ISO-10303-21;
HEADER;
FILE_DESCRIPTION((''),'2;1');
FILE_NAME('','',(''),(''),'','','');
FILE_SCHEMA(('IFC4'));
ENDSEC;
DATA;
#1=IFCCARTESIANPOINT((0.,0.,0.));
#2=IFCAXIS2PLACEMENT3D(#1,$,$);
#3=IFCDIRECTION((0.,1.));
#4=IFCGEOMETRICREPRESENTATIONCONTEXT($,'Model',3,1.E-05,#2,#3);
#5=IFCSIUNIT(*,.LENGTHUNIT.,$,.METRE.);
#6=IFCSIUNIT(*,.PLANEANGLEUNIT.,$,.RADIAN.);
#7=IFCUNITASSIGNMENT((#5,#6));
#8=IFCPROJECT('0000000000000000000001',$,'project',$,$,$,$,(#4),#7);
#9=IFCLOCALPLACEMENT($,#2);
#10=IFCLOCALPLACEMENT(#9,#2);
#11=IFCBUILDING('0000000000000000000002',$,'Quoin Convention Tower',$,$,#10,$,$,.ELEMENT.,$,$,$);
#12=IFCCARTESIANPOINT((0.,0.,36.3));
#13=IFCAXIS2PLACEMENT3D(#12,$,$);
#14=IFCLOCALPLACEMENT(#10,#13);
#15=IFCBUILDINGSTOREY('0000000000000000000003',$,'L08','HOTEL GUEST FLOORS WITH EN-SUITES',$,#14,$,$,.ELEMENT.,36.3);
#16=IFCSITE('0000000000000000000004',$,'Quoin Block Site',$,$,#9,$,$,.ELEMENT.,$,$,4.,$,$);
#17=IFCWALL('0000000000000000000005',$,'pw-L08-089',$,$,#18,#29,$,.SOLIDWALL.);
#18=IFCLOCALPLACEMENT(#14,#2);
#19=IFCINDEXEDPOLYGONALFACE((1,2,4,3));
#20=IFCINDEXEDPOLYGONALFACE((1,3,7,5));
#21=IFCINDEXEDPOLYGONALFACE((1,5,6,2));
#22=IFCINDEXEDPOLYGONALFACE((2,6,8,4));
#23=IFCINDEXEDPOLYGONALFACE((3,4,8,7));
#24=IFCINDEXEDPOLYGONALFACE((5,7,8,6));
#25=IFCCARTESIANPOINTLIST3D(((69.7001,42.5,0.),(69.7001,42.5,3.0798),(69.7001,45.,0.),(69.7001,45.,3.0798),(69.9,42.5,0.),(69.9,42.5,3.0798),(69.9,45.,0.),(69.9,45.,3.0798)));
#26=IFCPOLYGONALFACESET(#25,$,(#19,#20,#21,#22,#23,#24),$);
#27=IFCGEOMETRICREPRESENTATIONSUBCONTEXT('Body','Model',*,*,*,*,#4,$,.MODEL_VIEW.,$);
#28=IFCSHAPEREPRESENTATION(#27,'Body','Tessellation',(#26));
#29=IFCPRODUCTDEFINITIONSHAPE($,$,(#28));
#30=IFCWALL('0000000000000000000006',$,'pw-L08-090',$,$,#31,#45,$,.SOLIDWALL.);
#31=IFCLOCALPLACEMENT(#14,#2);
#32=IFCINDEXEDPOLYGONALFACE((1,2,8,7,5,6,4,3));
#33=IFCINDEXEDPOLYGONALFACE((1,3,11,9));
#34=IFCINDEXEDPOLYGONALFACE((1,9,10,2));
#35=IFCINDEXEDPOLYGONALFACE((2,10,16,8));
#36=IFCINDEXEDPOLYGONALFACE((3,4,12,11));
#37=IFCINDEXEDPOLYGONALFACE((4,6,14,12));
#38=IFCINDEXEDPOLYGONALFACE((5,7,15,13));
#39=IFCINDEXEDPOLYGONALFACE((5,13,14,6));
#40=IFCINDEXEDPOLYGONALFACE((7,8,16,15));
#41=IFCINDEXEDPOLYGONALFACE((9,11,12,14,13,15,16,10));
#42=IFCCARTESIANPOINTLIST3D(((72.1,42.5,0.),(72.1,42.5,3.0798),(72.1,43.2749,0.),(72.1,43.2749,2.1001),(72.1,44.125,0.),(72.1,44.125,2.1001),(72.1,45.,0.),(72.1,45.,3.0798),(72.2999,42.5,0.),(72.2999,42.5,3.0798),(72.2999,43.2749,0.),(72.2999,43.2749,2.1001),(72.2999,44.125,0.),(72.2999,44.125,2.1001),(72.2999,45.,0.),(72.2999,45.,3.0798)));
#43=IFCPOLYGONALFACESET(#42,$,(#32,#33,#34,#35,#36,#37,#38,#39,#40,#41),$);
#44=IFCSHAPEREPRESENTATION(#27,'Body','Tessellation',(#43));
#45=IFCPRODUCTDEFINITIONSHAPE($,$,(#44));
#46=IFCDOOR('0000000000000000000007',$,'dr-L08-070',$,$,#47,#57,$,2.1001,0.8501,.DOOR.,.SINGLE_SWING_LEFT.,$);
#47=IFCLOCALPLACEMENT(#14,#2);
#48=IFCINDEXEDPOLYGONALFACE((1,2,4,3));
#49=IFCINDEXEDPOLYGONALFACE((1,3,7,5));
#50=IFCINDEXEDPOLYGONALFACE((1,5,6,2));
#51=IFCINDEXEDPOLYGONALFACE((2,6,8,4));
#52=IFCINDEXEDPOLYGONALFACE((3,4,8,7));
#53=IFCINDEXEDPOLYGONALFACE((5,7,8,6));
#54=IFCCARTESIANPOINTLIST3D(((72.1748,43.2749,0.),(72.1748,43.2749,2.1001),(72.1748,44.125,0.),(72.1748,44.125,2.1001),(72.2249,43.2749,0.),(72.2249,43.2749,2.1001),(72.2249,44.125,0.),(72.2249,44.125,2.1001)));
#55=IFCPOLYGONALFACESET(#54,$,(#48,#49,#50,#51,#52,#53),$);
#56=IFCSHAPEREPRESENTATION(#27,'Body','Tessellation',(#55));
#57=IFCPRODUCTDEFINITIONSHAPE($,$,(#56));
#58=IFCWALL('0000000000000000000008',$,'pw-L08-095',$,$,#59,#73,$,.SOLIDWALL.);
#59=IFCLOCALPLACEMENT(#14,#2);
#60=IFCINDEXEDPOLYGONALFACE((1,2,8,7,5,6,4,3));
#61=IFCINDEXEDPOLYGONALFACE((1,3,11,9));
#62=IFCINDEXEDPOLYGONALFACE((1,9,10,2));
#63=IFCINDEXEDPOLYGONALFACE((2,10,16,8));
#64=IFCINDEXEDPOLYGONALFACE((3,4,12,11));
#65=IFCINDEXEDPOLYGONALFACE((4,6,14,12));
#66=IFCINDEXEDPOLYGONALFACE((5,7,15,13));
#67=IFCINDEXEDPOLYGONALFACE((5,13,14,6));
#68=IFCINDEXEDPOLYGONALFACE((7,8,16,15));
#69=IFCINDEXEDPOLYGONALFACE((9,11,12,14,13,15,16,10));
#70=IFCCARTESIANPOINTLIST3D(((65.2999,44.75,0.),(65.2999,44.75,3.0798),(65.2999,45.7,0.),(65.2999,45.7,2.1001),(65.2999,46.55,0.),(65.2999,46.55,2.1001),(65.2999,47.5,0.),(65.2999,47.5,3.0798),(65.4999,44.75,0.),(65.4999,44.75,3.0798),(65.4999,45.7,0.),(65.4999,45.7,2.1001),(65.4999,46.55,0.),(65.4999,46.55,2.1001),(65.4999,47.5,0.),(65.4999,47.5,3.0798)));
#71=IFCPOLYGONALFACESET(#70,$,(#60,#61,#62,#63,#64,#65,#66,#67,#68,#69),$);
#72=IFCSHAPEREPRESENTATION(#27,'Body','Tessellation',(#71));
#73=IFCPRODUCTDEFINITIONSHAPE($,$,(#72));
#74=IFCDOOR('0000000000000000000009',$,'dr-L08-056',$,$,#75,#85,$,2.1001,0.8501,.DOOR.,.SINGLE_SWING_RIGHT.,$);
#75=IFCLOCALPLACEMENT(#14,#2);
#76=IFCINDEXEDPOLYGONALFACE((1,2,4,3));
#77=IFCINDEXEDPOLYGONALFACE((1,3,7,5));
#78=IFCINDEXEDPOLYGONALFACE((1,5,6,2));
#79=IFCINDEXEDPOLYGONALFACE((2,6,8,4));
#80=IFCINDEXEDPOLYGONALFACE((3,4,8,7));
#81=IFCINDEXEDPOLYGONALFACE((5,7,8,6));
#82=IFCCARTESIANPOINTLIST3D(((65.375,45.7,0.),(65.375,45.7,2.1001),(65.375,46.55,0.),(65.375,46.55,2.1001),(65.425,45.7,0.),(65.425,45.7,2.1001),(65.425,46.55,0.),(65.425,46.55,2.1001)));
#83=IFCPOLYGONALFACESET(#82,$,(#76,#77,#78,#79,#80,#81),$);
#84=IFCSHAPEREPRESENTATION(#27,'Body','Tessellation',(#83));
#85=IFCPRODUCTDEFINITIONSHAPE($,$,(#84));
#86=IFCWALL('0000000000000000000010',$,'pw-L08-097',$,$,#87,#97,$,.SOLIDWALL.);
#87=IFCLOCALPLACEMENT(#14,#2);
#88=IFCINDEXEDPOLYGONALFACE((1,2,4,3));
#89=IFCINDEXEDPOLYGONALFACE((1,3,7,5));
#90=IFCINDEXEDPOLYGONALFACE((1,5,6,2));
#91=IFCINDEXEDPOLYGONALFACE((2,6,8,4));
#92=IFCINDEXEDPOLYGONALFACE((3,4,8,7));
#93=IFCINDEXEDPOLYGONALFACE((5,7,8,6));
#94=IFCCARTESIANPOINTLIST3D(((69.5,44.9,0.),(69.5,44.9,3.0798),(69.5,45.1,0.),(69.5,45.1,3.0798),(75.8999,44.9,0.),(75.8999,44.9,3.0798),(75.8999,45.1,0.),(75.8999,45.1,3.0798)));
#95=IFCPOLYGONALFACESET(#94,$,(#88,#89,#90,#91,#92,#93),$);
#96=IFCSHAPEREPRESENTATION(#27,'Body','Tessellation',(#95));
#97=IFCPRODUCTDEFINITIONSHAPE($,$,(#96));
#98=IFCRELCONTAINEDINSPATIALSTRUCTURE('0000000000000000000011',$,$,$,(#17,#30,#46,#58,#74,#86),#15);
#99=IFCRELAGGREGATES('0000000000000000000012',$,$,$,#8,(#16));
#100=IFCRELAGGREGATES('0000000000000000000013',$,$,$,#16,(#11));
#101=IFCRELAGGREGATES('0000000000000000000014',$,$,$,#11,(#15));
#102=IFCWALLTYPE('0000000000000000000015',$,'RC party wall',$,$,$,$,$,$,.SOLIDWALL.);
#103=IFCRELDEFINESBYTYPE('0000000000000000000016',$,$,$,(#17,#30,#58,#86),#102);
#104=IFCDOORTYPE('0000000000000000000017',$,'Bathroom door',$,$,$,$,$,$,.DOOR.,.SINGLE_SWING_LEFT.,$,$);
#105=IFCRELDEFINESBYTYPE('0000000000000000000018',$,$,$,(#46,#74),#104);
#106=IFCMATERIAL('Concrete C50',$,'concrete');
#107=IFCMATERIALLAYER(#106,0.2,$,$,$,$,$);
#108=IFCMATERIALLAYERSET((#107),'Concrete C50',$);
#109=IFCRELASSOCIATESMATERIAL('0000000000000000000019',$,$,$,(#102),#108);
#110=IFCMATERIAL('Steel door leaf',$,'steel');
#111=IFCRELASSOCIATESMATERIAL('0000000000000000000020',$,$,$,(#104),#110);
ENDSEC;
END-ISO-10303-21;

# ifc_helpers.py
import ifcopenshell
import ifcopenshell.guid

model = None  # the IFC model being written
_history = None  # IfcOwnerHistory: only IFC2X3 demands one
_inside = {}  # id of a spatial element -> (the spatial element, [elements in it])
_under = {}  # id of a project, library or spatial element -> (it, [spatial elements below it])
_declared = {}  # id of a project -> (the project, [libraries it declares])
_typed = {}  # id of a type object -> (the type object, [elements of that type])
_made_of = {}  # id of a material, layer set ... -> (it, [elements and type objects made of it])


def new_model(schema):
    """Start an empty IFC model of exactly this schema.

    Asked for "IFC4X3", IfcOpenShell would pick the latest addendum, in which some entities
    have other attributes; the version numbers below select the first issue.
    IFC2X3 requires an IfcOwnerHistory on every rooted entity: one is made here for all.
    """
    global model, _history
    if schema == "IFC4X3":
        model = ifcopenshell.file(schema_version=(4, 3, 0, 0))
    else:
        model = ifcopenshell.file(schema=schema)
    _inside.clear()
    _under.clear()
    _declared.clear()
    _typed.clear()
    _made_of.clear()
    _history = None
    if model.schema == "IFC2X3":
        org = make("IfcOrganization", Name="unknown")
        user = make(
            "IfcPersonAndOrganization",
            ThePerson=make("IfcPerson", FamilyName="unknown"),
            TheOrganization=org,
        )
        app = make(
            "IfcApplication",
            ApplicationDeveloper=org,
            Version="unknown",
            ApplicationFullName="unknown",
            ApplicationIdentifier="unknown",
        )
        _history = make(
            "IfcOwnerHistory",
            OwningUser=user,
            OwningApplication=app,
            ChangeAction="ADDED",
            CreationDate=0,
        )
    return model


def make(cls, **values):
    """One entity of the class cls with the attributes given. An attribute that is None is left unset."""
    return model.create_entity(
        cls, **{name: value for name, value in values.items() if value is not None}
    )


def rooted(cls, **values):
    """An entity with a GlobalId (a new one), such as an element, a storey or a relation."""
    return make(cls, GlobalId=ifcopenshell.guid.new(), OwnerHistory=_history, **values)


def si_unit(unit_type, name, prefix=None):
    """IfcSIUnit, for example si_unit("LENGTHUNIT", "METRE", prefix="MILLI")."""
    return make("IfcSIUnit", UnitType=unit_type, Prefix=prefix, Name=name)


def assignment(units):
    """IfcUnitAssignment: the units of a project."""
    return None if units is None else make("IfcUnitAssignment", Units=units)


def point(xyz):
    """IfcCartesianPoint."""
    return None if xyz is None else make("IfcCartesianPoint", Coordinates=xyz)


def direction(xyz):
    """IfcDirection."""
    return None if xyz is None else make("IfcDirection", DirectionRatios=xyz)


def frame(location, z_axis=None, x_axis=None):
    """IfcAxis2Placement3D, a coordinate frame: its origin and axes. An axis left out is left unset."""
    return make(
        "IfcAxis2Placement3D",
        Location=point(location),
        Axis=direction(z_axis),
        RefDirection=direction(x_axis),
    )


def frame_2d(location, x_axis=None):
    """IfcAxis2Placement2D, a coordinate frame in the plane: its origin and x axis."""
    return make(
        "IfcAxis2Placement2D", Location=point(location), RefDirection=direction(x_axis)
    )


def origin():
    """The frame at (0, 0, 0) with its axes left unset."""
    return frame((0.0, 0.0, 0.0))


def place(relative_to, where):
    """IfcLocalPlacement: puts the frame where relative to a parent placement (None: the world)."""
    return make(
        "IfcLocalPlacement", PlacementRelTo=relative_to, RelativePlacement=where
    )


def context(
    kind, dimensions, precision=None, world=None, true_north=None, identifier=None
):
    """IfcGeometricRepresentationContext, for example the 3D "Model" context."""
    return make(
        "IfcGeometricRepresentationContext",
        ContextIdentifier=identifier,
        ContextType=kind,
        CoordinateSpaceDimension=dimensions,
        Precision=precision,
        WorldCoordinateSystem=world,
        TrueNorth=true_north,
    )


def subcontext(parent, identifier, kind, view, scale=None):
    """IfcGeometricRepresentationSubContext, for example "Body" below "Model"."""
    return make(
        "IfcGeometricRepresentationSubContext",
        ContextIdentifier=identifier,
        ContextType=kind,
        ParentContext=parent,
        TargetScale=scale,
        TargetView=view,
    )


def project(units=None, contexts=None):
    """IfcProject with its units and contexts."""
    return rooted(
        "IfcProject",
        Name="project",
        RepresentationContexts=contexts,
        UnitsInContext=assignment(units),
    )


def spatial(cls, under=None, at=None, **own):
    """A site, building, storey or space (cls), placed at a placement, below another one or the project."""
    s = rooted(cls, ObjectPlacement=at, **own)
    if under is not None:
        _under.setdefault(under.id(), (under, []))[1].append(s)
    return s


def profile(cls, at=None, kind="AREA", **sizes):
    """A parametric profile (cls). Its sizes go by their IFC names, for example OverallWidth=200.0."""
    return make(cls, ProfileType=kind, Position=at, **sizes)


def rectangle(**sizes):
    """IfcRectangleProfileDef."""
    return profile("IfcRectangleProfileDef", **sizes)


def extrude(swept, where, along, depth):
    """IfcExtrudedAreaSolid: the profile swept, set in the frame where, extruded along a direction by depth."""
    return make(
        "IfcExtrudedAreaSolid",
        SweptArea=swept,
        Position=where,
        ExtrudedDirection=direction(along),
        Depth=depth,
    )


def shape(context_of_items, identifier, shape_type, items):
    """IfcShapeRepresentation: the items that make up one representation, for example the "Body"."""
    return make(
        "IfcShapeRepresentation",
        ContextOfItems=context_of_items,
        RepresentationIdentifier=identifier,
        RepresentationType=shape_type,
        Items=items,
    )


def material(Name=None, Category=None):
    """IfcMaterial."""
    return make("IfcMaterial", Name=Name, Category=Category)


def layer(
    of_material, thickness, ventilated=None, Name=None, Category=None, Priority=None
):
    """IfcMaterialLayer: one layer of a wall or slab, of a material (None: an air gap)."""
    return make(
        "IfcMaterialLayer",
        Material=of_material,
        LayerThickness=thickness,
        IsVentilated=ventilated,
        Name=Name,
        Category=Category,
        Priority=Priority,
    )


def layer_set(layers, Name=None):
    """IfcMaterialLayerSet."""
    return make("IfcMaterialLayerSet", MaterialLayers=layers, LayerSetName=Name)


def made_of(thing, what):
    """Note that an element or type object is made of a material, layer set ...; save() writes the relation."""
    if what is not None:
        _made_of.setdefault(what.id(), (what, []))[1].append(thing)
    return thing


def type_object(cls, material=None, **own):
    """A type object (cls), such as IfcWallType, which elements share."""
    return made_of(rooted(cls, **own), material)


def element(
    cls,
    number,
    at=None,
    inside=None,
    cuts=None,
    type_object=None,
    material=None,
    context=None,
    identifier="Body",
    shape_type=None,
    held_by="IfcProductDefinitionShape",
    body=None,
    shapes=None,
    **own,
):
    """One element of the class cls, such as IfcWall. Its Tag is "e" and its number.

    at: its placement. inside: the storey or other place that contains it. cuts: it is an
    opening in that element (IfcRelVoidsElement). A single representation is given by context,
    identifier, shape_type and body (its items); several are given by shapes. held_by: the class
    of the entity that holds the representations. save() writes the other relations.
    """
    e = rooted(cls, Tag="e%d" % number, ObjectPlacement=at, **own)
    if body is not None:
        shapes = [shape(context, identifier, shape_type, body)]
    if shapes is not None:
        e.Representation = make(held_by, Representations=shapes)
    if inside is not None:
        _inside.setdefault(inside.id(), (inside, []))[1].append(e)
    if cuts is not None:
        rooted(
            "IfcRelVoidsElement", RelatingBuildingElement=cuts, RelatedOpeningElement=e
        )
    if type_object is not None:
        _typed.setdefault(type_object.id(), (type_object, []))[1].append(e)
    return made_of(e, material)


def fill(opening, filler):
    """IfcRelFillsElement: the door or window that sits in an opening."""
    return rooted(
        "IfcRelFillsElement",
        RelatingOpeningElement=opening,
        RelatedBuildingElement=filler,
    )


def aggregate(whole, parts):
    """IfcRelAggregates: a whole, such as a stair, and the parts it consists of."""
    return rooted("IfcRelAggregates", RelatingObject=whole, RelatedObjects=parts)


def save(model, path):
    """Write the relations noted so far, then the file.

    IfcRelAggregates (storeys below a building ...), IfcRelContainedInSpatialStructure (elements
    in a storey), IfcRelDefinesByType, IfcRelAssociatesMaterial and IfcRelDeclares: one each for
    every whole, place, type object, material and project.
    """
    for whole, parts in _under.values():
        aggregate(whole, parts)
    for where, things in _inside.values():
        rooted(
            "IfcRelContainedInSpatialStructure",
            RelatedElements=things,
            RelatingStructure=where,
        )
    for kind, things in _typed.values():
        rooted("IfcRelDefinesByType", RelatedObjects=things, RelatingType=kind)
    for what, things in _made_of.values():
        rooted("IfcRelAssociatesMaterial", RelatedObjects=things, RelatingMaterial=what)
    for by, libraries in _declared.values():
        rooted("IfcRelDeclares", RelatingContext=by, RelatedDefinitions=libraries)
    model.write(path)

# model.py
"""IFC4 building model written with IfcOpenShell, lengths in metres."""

from ifc_helpers import new_model, si_unit, direction, frame, frame_2d, origin, place, context, subcontext, project, spatial, rectangle, extrude, material, layer, layer_set, type_object, element, fill, save


model = new_model("IFC4")

# Units and contexts
model_context = context("Model", 3, precision=1e-05, world=origin(), true_north=direction((0.0, 1.0)))
body_context = subcontext(model_context, "Body", "Model", "MODEL_VIEW")
ifc_project = project(units=[si_unit("LENGTHUNIT", "METRE"), si_unit("PLANEANGLEUNIT", "RADIAN")], contexts=[model_context])

# Site, building, storey
site_placement = place(None, origin())
site = spatial("IfcSite", under=ifc_project, at=site_placement, Name="Quoin Block Site", CompositionType="ELEMENT", RefElevation=4.0)
building_placement = place(site_placement, origin())
building = spatial("IfcBuilding", under=site, at=building_placement, Name="Quoin Convention Tower", CompositionType="ELEMENT")
storey_placement = place(building_placement, frame((0.0, 0.0, 36.3)))
storey = spatial("IfcBuildingStorey", under=building, at=storey_placement, Name="L08", Description="HOTEL GUEST FLOORS WITH EN-SUITES", CompositionType="ELEMENT", Elevation=36.3)

# Wall
ifc_material_1 = material(Name="Concrete C50", Category="concrete")
ifc_layer_1 = layer(ifc_material_1, 0.2)
ifc_layer_set_1 = layer_set([ifc_layer_1], Name="Concrete C50")
wall_type_1 = type_object("IfcWallType", Name="RC party wall", PredefinedType="SOLIDWALL", material=ifc_layer_set_1)
wall_1_placement = place(storey_placement, frame((69.8, 42.5, 0.0), z_axis=(0.0, 0.0, 1.0), x_axis=(0.0, 1.0, 0.0)))
element("IfcWall", 1, at=wall_1_placement, inside=storey, type_object=wall_type_1, Name="pw-L08-089", PredefinedType="SOLIDWALL", context=body_context, shape_type="SweptSolid", body=[
    extrude(rectangle(XDim=2.5, YDim=0.2, at=frame_2d((1.25, 0.0))), origin(), (0.0, 0.0, 1.0), 3.0798),
])

# Walls, openings, doors
wall_2_placement = place(storey_placement, frame((72.2, 42.5, 0.0), z_axis=(0.0, 0.0, 1.0), x_axis=(0.0, 1.0, 0.0)))
wall_2 = element("IfcWall", 2, at=wall_2_placement, inside=storey, type_object=wall_type_1, Name="pw-L08-090", PredefinedType="SOLIDWALL", context=body_context, shape_type="SweptSolid", body=[
    extrude(rectangle(XDim=2.5, YDim=0.2, at=frame_2d((1.25, 0.0))), origin(), (0.0, 0.0, 1.0), 3.0798),
])
opening_1_placement = place(wall_2_placement, frame((0.7749, 0.0, 0.0)))
opening_1 = element("IfcOpeningElement", 3, at=opening_1_placement, cuts=wall_2, PredefinedType="OPENING", context=body_context, shape_type="SweptSolid", body=[
    extrude(rectangle(XDim=0.8501, YDim=2.1001, at=frame_2d((0.425, 1.05))), frame((0.0, 0.1099, 0.0), z_axis=(0.0, -1.0, 0.0), x_axis=(1.0, 0.0, 0.0)), (0.0, 0.0, 1.0), 0.22),
])
ifc_material_2 = material(Name="Steel door leaf", Category="steel")
door_type = type_object("IfcDoorType", Name="Bathroom door", OperationType="SINGLE_SWING_LEFT", PredefinedType="DOOR", material=ifc_material_2)
door_1_placement = place(opening_1_placement, frame((0.8501, 0.0, 0.0), z_axis=(0.0, 0.0, 1.0), x_axis=(-1.0, 0.0, 0.0)))
door_1 = element("IfcDoor", 4, at=door_1_placement, inside=storey, type_object=door_type, Name="dr-L08-070", OperationType="SINGLE_SWING_LEFT", OverallHeight=2.1001, OverallWidth=0.8501, PredefinedType="DOOR", context=body_context, shape_type="SweptSolid", body=[
    extrude(rectangle(XDim=0.8501, YDim=2.1001, at=frame_2d((0.425, 1.05))), frame((0.0, 0.0249, 0.0), z_axis=(0.0, -1.0, 0.0), x_axis=(1.0, 0.0, 0.0)), (0.0, 0.0, 1.0), 0.05),
])
fill(opening_1, door_1)
wall_3_placement = place(storey_placement, frame((65.3999, 44.75, 0.0), z_axis=(0.0, 0.0, 1.0), x_axis=(0.0, 1.0, 0.0)))
wall_3 = element("IfcWall", 5, at=wall_3_placement, inside=storey, type_object=wall_type_1, Name="pw-L08-095", PredefinedType="SOLIDWALL", context=body_context, shape_type="SweptSolid", body=[
    extrude(rectangle(XDim=2.75, YDim=0.2, at=frame_2d((1.375, 0.0))), origin(), (0.0, 0.0, 1.0), 3.0798),
])
opening_2_placement = place(wall_3_placement, frame((0.95, 0.0, 0.0)))
opening_2 = element("IfcOpeningElement", 6, at=opening_2_placement, cuts=wall_3, PredefinedType="OPENING", context=body_context, shape_type="SweptSolid", body=[
    extrude(rectangle(XDim=0.8501, YDim=2.1001, at=frame_2d((0.425, 1.05))), frame((0.0, 0.1099, 0.0), z_axis=(0.0, -1.0, 0.0), x_axis=(1.0, 0.0, 0.0)), (0.0, 0.0, 1.0), 0.22),
])
door_2_placement = place(opening_2_placement, origin())
door_2 = element("IfcDoor", 7, at=door_2_placement, inside=storey, type_object=door_type, Name="dr-L08-056", OperationType="SINGLE_SWING_RIGHT", OverallHeight=2.1001, OverallWidth=0.8501, PredefinedType="DOOR", context=body_context, shape_type="SweptSolid", body=[
    extrude(rectangle(XDim=0.8501, YDim=2.1001, at=frame_2d((0.425, 1.05))), frame((0.0, 0.0249, 0.0), z_axis=(0.0, -1.0, 0.0), x_axis=(1.0, 0.0, 0.0)), (0.0, 0.0, 1.0), 0.05),
])
fill(opening_2, door_2)

# Wall
wall_4_placement = place(storey_placement, frame((69.5, 45.0, 0.0), z_axis=(0.0, 0.0, 1.0), x_axis=(1.0, 0.0, 0.0)))
element("IfcWall", 8, at=wall_4_placement, inside=storey, type_object=wall_type_1, Name="pw-L08-097", PredefinedType="SOLIDWALL", context=body_context, shape_type="SweptSolid", body=[
    extrude(rectangle(XDim=6.3999, YDim=0.2, at=frame_2d((3.2, 0.0))), origin(), (0.0, 0.0, 1.0), 3.0798),
])

save(model, "model.ifc")
